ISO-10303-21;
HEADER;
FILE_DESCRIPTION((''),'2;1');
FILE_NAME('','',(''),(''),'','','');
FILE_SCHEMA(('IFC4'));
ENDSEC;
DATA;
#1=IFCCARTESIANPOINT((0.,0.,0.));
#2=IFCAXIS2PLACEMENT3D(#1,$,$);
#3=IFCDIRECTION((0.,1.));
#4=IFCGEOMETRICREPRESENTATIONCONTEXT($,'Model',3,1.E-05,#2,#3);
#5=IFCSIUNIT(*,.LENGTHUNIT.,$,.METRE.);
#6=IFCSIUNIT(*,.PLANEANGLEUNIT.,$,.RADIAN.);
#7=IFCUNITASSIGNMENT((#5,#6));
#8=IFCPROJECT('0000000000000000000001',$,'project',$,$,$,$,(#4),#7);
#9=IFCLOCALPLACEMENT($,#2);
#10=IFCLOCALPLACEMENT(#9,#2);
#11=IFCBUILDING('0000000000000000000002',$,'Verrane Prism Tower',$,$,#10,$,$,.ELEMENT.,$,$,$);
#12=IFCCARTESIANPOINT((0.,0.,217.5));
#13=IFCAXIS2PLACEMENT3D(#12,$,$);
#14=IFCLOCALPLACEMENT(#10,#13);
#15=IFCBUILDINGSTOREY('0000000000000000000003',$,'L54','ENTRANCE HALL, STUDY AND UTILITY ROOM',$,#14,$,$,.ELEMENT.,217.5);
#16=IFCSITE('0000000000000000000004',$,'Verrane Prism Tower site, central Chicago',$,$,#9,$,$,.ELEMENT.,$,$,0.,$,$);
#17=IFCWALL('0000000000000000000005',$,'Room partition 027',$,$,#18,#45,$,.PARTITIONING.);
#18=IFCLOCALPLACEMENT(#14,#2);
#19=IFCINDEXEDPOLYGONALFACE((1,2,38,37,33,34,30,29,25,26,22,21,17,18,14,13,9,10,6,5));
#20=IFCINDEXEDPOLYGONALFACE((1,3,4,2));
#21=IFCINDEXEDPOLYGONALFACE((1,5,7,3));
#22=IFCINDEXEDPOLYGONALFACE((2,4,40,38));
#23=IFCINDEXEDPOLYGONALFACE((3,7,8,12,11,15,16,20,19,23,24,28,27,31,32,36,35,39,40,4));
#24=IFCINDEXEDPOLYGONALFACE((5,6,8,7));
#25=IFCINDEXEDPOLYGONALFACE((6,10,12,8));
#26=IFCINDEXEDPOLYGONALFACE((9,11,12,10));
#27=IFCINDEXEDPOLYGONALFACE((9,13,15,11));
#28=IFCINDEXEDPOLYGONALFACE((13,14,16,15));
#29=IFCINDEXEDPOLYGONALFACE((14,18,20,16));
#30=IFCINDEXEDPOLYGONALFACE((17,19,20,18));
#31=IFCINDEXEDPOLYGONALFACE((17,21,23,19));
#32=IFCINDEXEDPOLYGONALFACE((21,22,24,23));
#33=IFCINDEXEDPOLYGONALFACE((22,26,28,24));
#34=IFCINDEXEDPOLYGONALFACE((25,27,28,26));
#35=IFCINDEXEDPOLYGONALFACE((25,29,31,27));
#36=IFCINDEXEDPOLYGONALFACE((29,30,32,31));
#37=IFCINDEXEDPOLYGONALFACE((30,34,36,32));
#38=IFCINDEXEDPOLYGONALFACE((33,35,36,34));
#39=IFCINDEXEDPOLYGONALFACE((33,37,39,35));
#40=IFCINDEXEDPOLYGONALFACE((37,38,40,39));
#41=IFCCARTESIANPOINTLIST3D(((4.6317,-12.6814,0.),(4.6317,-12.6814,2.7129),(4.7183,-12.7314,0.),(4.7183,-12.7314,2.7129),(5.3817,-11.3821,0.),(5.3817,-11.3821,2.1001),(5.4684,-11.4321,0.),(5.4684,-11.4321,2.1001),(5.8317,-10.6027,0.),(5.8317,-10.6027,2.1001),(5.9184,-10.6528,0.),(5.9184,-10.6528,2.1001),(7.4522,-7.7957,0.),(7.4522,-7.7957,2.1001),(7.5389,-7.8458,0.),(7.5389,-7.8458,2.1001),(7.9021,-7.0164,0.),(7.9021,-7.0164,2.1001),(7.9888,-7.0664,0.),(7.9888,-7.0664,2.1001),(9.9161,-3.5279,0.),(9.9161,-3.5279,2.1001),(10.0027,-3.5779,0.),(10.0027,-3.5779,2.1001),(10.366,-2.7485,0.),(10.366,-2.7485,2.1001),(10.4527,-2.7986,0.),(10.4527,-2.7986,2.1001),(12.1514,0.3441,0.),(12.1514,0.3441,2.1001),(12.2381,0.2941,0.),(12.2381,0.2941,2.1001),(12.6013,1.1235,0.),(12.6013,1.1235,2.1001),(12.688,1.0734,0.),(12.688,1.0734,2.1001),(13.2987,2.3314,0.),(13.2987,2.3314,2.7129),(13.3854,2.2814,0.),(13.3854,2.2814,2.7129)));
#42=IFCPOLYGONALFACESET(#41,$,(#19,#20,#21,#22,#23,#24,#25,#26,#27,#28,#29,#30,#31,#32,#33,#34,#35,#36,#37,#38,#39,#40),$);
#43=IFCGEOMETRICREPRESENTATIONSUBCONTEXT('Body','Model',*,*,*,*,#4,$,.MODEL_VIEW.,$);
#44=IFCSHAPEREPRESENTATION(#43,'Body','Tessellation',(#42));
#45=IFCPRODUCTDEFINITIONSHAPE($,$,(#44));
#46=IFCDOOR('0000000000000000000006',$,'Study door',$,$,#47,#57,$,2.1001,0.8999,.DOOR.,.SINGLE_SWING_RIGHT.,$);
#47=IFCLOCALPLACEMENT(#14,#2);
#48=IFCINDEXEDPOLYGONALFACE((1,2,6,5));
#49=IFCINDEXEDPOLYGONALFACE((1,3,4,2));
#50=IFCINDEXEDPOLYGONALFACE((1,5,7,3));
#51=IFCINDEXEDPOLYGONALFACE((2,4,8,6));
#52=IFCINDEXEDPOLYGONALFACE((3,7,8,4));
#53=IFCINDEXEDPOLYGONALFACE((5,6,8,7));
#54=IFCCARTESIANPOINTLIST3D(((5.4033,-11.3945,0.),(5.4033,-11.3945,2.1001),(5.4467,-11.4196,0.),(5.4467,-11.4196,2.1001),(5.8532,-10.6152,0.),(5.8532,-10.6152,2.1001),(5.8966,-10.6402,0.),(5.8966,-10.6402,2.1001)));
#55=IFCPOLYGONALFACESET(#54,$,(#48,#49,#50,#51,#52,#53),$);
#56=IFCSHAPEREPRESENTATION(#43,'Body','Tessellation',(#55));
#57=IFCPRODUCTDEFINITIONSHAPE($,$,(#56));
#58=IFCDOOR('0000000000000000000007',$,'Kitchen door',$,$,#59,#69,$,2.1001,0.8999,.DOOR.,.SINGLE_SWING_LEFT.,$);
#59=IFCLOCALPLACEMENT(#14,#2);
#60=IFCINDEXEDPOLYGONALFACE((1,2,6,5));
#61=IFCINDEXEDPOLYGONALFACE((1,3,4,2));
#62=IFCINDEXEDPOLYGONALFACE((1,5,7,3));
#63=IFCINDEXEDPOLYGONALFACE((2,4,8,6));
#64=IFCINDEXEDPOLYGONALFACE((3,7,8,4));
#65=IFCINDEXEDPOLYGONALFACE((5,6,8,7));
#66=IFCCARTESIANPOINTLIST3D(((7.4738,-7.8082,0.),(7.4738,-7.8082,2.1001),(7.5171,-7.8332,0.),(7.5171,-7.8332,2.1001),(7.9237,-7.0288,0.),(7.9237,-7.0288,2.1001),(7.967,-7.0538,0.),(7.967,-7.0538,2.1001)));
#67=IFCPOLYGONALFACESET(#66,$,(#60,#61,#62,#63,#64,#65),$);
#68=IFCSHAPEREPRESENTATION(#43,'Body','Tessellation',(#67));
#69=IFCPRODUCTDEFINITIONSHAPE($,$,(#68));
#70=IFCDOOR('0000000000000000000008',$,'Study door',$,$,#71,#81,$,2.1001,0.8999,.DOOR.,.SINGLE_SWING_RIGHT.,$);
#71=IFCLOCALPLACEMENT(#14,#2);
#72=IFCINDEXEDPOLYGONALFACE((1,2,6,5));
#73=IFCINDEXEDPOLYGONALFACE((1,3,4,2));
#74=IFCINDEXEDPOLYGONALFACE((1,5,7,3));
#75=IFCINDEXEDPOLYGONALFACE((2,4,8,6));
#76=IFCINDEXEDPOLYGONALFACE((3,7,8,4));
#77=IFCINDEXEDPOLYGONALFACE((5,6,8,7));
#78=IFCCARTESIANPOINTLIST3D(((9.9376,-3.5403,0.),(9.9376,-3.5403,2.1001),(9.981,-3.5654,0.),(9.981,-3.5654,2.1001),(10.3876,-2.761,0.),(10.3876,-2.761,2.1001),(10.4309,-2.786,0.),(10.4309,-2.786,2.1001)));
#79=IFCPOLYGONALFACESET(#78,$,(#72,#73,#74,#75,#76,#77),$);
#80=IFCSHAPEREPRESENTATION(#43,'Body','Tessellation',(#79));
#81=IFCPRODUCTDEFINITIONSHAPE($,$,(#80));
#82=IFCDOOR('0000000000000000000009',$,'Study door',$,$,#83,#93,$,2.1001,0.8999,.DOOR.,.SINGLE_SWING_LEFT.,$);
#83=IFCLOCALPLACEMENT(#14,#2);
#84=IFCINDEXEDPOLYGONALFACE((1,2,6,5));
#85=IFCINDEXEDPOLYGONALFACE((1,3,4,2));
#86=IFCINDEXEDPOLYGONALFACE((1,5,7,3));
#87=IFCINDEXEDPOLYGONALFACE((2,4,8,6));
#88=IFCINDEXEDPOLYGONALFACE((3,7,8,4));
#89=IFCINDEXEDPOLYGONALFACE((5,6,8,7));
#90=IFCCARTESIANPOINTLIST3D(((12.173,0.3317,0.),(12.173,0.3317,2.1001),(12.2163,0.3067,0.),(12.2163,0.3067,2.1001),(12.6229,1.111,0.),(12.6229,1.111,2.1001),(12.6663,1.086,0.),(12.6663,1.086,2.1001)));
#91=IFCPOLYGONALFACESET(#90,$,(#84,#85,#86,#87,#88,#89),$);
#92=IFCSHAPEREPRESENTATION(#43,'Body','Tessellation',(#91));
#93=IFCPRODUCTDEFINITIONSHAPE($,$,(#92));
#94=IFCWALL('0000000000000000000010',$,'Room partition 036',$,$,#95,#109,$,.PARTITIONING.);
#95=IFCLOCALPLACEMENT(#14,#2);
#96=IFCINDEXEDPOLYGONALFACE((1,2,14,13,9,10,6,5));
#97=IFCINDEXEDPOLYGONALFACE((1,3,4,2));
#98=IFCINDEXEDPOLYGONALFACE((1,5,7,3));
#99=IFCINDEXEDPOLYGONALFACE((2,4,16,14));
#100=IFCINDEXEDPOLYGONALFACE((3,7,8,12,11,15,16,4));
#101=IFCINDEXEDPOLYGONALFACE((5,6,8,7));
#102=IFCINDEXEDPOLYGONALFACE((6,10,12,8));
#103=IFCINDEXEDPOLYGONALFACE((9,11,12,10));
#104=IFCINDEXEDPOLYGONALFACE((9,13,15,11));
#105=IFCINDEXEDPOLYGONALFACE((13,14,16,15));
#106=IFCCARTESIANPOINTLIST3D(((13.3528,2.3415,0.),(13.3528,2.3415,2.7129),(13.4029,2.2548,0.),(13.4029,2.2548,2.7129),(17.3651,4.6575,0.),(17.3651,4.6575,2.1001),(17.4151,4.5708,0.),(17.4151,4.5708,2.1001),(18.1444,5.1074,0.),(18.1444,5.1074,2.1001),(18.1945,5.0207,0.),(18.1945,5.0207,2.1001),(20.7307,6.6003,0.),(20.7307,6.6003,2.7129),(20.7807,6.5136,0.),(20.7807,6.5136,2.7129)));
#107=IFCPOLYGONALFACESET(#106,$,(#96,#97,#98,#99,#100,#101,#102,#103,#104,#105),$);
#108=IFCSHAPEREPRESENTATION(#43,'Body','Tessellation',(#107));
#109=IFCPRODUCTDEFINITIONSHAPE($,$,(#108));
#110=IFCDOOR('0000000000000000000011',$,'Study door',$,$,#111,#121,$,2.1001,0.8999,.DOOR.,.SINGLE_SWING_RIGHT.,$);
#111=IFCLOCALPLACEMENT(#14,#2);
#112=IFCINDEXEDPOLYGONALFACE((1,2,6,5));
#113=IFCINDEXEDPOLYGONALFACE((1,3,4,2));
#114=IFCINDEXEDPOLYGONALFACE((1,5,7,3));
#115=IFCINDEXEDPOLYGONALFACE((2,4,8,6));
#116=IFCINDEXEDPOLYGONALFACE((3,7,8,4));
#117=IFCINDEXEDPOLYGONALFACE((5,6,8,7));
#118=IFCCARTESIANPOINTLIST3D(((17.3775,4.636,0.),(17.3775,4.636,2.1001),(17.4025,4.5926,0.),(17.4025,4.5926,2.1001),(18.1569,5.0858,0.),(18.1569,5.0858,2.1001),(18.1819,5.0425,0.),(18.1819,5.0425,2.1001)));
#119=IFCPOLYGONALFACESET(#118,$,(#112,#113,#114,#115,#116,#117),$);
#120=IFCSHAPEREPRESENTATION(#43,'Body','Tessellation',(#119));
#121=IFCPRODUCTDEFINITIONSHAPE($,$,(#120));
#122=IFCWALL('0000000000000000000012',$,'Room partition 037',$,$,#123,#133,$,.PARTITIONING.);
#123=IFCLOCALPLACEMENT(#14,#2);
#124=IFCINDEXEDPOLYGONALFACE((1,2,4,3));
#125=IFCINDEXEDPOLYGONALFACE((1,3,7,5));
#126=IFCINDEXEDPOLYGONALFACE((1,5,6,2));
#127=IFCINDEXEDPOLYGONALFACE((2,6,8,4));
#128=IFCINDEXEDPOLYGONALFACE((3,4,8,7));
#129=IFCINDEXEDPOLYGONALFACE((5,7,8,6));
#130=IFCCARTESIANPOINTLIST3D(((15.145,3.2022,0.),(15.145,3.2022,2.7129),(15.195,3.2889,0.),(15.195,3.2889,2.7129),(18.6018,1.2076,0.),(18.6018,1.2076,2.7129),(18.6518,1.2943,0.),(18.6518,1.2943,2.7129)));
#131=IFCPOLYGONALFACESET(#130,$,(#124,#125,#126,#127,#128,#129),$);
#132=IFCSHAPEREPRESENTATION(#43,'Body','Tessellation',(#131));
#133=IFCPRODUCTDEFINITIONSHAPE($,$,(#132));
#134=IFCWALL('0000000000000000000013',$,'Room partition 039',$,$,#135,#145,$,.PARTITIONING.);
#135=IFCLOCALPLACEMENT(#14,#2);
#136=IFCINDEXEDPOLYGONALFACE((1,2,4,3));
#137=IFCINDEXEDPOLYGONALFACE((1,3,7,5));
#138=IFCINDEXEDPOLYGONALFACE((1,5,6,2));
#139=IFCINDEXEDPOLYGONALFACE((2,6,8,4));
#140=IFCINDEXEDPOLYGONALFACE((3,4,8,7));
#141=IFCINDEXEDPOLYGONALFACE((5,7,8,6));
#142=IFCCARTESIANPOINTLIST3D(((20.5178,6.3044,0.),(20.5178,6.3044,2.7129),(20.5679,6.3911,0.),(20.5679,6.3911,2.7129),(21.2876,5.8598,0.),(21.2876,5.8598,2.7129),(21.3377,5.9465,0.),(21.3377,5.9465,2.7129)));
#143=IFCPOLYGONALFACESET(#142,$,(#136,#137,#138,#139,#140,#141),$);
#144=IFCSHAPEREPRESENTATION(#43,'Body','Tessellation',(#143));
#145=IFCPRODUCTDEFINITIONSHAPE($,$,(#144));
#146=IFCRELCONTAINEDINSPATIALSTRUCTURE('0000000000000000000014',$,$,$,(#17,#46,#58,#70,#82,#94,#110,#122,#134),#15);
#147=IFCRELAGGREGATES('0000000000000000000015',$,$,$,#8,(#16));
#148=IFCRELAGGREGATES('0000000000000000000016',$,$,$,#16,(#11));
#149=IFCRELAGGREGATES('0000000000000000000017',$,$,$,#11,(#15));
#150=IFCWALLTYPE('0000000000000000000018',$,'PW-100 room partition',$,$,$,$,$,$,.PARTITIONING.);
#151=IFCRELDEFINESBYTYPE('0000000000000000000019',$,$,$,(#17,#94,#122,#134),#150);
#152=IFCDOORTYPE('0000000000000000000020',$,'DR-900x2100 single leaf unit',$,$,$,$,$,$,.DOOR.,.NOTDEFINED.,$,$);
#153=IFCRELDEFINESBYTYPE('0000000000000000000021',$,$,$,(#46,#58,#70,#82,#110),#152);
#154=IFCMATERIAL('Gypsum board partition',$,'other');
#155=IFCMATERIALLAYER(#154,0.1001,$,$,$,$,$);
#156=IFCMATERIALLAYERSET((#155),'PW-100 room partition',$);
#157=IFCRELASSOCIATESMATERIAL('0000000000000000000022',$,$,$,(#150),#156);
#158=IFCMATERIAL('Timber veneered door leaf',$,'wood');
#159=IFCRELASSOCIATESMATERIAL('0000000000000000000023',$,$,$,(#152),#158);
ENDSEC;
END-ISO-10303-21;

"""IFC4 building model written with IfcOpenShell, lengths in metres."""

from ifc_helpers import new_model, si_unit, direction, frame, frame_2d, origin, place, context, subcontext, project, spatial, rectangle, extrude, material, layer, layer_set, type_object, element, fill, save


model = new_model("IFC4")

# Units and contexts
model_context = context("Model", 3, precision=1e-05, world=origin(), true_north=direction((0.0, 1.0)))
body_context = subcontext(model_context, "Body", "Model", "MODEL_VIEW")
ifc_project = project(units=[si_unit("LENGTHUNIT", "METRE"), si_unit("PLANEANGLEUNIT", "RADIAN")], contexts=[model_context])

# Site, building, storey
site_placement = place(None, origin())
site = spatial("IfcSite", under=ifc_project, at=site_placement, Name="Verrane Prism Tower site, central Chicago", CompositionType="ELEMENT", RefElevation=0.0)
building_placement = place(site_placement, origin())
building = spatial("IfcBuilding", under=site, at=building_placement, Name="Verrane Prism Tower", CompositionType="ELEMENT")
storey_placement = place(building_placement, frame((0.0, 0.0, 217.5)))
storey = spatial("IfcBuildingStorey", under=building, at=storey_placement, Name="L54", Description="ENTRANCE HALL, STUDY AND UTILITY ROOM", CompositionType="ELEMENT", Elevation=217.5)

# Wall, openings, doors
ifc_material_1 = material(Name="Gypsum board partition", Category="other")
ifc_layer_1 = layer(ifc_material_1, 0.1001)
ifc_layer_set_1 = layer_set([ifc_layer_1], Name="PW-100 room partition")
wall_type_1 = type_object("IfcWallType", Name="PW-100 room partition", PredefinedType="PARTITIONING", material=ifc_layer_set_1)
wall_1_placement = place(storey_placement, frame((13.342, 2.3064, 0.0), z_axis=(0.0, 0.0, 1.0), x_axis=(-0.499974, -0.86604, 0.0)))
wall_1 = element("IfcWall", 1, at=wall_1_placement, inside=storey, type_object=wall_type_1, Name="Room partition 027", PredefinedType="PARTITIONING", context=body_context, shape_type="SweptSolid", body=[
    extrude(rectangle(XDim=17.335, YDim=0.1001, at=frame_2d((8.6675, 0.0))), origin(), (0.0, 0.0, 1.0), 2.7129),
])
opening_1_placement = place(wall_1_placement, frame((14.9348, 0.0, 0.0)))
opening_1 = element("IfcOpeningElement", 2, at=opening_1_placement, cuts=wall_1, PredefinedType="OPENING", context=body_context, shape_type="SweptSolid", body=[
    extrude(rectangle(XDim=0.8999, YDim=2.1001, at=frame_2d((0.45, 1.05))), frame((0.0, 0.0601, 0.0), z_axis=(0.0, -1.0, 0.0), x_axis=(1.0, 0.0, 0.0)), (0.0, 0.0, 1.0), 0.1201),
])
opening_2_placement = place(wall_1_placement, frame((10.7937, 0.0, 0.0)))
opening_2 = element("IfcOpeningElement", 3, at=opening_2_placement, cuts=wall_1, PredefinedType="OPENING", context=body_context, shape_type="SweptSolid", body=[
    extrude(rectangle(XDim=0.8999, YDim=2.1001, at=frame_2d((0.45, 1.05))), frame((0.0, 0.0601, 0.0), z_axis=(0.0, -1.0, 0.0), x_axis=(1.0, 0.0, 0.0)), (0.0, 0.0, 1.0), 0.1201),
])
opening_3_placement = place(wall_1_placement, frame((5.8657, 0.0, 0.0)))
opening_3 = element("IfcOpeningElement", 4, at=opening_3_placement, cuts=wall_1, PredefinedType="OPENING", context=body_context, shape_type="SweptSolid", body=[
    extrude(rectangle(XDim=0.8999, YDim=2.1001, at=frame_2d((0.45, 1.05))), frame((0.0, 0.0601, 0.0), z_axis=(0.0, -1.0, 0.0), x_axis=(1.0, 0.0, 0.0)), (0.0, 0.0, 1.0), 0.1201),
])
opening_4_placement = place(wall_1_placement, frame((1.3948, 0.0, 0.0)))
opening_4 = element("IfcOpeningElement", 5, at=opening_4_placement, cuts=wall_1, PredefinedType="OPENING", context=body_context, shape_type="SweptSolid", body=[
    extrude(rectangle(XDim=0.8999, YDim=2.1001, at=frame_2d((0.45, 1.05))), frame((0.0, 0.0601, 0.0), z_axis=(0.0, -1.0, 0.0), x_axis=(1.0, 0.0, 0.0)), (0.0, 0.0, 1.0), 0.1201),
])
ifc_material_2 = material(Name="Timber veneered door leaf", Category="wood")
door_type_1 = type_object("IfcDoorType", Name="DR-900x2100 single leaf unit", OperationType="NOTDEFINED", PredefinedType="DOOR", material=ifc_material_2)
door_1_placement = place(opening_1_placement, origin())
door_1 = element("IfcDoor", 6, at=door_1_placement, inside=storey, type_object=door_type_1, Name="Study door", OperationType="SINGLE_SWING_RIGHT", OverallHeight=2.1001, OverallWidth=0.8999, PredefinedType="DOOR", context=body_context, shape_type="SweptSolid", body=[
    extrude(rectangle(XDim=0.8999, YDim=2.1001, at=frame_2d((0.45, 1.05))), frame((0.0, 0.0249, 0.0), z_axis=(0.0, -1.0, 0.0), x_axis=(1.0, 0.0, 0.0)), (0.0, 0.0, 1.0), 0.05),
])
fill(opening_1, door_1)
door_2_placement = place(opening_2_placement, origin())
door_2 = element("IfcDoor", 7, at=door_2_placement, inside=storey, type_object=door_type_1, Name="Kitchen door", OperationType="SINGLE_SWING_LEFT", OverallHeight=2.1001, OverallWidth=0.8999, PredefinedType="DOOR", context=body_context, shape_type="SweptSolid", body=[
    extrude(rectangle(XDim=0.8999, YDim=2.1001, at=frame_2d((0.45, 1.05))), frame((0.0, 0.0249, 0.0), z_axis=(0.0, -1.0, 0.0), x_axis=(1.0, 0.0, 0.0)), (0.0, 0.0, 1.0), 0.05),
])
fill(opening_2, door_2)
door_3_placement = place(opening_3_placement, origin())
door_3 = element("IfcDoor", 8, at=door_3_placement, inside=storey, type_object=door_type_1, Name="Study door", OperationType="SINGLE_SWING_RIGHT", OverallHeight=2.1001, OverallWidth=0.8999, PredefinedType="DOOR", context=body_context, shape_type="SweptSolid", body=[
    extrude(rectangle(XDim=0.8999, YDim=2.1001, at=frame_2d((0.45, 1.05))), frame((0.0, 0.0249, 0.0), z_axis=(0.0, -1.0, 0.0), x_axis=(1.0, 0.0, 0.0)), (0.0, 0.0, 1.0), 0.05),
])
fill(opening_3, door_3)
door_4_placement = place(opening_4_placement, origin())
door_4 = element("IfcDoor", 9, at=door_4_placement, inside=storey, type_object=door_type_1, Name="Study door", OperationType="SINGLE_SWING_LEFT", OverallHeight=2.1001, OverallWidth=0.8999, PredefinedType="DOOR", context=body_context, shape_type="SweptSolid", body=[
    extrude(rectangle(XDim=0.8999, YDim=2.1001, at=frame_2d((0.45, 1.05))), frame((0.0, 0.0249, 0.0), z_axis=(0.0, -1.0, 0.0), x_axis=(1.0, 0.0, 0.0)), (0.0, 0.0, 1.0), 0.05),
])
fill(opening_4, door_4)

# Wall, opening, door
wall_2_placement = place(storey_placement, frame((20.7556, 6.5569, 0.0), z_axis=(0.0, 0.0, 1.0), x_axis=(-0.866069, -0.499924, 0.0)))
wall_2 = element("IfcWall", 10, at=wall_2_placement, inside=storey, type_object=wall_type_1, Name="Room partition 036", PredefinedType="PARTITIONING", context=body_context, shape_type="SweptSolid", body=[
    extrude(rectangle(XDim=8.5188, YDim=0.1001, at=frame_2d((4.2593, 0.0))), origin(), (0.0, 0.0, 1.0), 2.7129),
])
opening_5_placement = place(wall_2_placement, frame((2.9861, 0.0, 0.0)))
opening_5 = element("IfcOpeningElement", 11, at=opening_5_placement, cuts=wall_2, PredefinedType="OPENING", context=body_context, shape_type="SweptSolid", body=[
    extrude(rectangle(XDim=0.8999, YDim=2.1001, at=frame_2d((0.45, 1.05))), frame((0.0, 0.0601, 0.0), z_axis=(0.0, -1.0, 0.0), x_axis=(1.0, 0.0, 0.0)), (0.0, 0.0, 1.0), 0.1201),
])
door_5_placement = place(opening_5_placement, origin())
door_5 = element("IfcDoor", 12, at=door_5_placement, inside=storey, type_object=door_type_1, Name="Study door", OperationType="SINGLE_SWING_RIGHT", OverallHeight=2.1001, OverallWidth=0.8999, PredefinedType="DOOR", context=body_context, shape_type="SweptSolid", body=[
    extrude(rectangle(XDim=0.8999, YDim=2.1001, at=frame_2d((0.45, 1.05))), frame((0.0, 0.0249, 0.0), z_axis=(0.0, -1.0, 0.0), x_axis=(1.0, 0.0, 0.0)), (0.0, 0.0, 1.0), 0.05),
])
fill(opening_5, door_5)

# Walls
wall_3_placement = place(storey_placement, frame((15.1699, 3.2456, 0.0), z_axis=(0.0, 0.0, 1.0), x_axis=(0.86615, -0.499784, 0.0)))
element("IfcWall", 13, at=wall_3_placement, inside=storey, type_object=wall_type_1, Name="Room partition 037", PredefinedType="PARTITIONING", context=body_context, shape_type="SweptSolid", body=[
    extrude(rectangle(XDim=3.991, YDim=0.1001, at=frame_2d((1.9956, 0.0))), origin(), (0.0, 0.0, 1.0), 2.7129),
])
wall_4_placement = place(storey_placement, frame((20.543, 6.3477, 0.0), z_axis=(0.0, 0.0, 1.0), x_axis=(0.865952, -0.500127, 0.0)))
element("IfcWall", 14, at=wall_4_placement, inside=storey, type_object=wall_type_1, Name="Room partition 039", PredefinedType="PARTITIONING", context=body_context, shape_type="SweptSolid", body=[
    extrude(rectangle(XDim=0.8889, YDim=0.1001, at=frame_2d((0.4443, 0.0))), origin(), (0.0, 0.0, 1.0), 2.7129),
])

save(model, "model.ifc")
